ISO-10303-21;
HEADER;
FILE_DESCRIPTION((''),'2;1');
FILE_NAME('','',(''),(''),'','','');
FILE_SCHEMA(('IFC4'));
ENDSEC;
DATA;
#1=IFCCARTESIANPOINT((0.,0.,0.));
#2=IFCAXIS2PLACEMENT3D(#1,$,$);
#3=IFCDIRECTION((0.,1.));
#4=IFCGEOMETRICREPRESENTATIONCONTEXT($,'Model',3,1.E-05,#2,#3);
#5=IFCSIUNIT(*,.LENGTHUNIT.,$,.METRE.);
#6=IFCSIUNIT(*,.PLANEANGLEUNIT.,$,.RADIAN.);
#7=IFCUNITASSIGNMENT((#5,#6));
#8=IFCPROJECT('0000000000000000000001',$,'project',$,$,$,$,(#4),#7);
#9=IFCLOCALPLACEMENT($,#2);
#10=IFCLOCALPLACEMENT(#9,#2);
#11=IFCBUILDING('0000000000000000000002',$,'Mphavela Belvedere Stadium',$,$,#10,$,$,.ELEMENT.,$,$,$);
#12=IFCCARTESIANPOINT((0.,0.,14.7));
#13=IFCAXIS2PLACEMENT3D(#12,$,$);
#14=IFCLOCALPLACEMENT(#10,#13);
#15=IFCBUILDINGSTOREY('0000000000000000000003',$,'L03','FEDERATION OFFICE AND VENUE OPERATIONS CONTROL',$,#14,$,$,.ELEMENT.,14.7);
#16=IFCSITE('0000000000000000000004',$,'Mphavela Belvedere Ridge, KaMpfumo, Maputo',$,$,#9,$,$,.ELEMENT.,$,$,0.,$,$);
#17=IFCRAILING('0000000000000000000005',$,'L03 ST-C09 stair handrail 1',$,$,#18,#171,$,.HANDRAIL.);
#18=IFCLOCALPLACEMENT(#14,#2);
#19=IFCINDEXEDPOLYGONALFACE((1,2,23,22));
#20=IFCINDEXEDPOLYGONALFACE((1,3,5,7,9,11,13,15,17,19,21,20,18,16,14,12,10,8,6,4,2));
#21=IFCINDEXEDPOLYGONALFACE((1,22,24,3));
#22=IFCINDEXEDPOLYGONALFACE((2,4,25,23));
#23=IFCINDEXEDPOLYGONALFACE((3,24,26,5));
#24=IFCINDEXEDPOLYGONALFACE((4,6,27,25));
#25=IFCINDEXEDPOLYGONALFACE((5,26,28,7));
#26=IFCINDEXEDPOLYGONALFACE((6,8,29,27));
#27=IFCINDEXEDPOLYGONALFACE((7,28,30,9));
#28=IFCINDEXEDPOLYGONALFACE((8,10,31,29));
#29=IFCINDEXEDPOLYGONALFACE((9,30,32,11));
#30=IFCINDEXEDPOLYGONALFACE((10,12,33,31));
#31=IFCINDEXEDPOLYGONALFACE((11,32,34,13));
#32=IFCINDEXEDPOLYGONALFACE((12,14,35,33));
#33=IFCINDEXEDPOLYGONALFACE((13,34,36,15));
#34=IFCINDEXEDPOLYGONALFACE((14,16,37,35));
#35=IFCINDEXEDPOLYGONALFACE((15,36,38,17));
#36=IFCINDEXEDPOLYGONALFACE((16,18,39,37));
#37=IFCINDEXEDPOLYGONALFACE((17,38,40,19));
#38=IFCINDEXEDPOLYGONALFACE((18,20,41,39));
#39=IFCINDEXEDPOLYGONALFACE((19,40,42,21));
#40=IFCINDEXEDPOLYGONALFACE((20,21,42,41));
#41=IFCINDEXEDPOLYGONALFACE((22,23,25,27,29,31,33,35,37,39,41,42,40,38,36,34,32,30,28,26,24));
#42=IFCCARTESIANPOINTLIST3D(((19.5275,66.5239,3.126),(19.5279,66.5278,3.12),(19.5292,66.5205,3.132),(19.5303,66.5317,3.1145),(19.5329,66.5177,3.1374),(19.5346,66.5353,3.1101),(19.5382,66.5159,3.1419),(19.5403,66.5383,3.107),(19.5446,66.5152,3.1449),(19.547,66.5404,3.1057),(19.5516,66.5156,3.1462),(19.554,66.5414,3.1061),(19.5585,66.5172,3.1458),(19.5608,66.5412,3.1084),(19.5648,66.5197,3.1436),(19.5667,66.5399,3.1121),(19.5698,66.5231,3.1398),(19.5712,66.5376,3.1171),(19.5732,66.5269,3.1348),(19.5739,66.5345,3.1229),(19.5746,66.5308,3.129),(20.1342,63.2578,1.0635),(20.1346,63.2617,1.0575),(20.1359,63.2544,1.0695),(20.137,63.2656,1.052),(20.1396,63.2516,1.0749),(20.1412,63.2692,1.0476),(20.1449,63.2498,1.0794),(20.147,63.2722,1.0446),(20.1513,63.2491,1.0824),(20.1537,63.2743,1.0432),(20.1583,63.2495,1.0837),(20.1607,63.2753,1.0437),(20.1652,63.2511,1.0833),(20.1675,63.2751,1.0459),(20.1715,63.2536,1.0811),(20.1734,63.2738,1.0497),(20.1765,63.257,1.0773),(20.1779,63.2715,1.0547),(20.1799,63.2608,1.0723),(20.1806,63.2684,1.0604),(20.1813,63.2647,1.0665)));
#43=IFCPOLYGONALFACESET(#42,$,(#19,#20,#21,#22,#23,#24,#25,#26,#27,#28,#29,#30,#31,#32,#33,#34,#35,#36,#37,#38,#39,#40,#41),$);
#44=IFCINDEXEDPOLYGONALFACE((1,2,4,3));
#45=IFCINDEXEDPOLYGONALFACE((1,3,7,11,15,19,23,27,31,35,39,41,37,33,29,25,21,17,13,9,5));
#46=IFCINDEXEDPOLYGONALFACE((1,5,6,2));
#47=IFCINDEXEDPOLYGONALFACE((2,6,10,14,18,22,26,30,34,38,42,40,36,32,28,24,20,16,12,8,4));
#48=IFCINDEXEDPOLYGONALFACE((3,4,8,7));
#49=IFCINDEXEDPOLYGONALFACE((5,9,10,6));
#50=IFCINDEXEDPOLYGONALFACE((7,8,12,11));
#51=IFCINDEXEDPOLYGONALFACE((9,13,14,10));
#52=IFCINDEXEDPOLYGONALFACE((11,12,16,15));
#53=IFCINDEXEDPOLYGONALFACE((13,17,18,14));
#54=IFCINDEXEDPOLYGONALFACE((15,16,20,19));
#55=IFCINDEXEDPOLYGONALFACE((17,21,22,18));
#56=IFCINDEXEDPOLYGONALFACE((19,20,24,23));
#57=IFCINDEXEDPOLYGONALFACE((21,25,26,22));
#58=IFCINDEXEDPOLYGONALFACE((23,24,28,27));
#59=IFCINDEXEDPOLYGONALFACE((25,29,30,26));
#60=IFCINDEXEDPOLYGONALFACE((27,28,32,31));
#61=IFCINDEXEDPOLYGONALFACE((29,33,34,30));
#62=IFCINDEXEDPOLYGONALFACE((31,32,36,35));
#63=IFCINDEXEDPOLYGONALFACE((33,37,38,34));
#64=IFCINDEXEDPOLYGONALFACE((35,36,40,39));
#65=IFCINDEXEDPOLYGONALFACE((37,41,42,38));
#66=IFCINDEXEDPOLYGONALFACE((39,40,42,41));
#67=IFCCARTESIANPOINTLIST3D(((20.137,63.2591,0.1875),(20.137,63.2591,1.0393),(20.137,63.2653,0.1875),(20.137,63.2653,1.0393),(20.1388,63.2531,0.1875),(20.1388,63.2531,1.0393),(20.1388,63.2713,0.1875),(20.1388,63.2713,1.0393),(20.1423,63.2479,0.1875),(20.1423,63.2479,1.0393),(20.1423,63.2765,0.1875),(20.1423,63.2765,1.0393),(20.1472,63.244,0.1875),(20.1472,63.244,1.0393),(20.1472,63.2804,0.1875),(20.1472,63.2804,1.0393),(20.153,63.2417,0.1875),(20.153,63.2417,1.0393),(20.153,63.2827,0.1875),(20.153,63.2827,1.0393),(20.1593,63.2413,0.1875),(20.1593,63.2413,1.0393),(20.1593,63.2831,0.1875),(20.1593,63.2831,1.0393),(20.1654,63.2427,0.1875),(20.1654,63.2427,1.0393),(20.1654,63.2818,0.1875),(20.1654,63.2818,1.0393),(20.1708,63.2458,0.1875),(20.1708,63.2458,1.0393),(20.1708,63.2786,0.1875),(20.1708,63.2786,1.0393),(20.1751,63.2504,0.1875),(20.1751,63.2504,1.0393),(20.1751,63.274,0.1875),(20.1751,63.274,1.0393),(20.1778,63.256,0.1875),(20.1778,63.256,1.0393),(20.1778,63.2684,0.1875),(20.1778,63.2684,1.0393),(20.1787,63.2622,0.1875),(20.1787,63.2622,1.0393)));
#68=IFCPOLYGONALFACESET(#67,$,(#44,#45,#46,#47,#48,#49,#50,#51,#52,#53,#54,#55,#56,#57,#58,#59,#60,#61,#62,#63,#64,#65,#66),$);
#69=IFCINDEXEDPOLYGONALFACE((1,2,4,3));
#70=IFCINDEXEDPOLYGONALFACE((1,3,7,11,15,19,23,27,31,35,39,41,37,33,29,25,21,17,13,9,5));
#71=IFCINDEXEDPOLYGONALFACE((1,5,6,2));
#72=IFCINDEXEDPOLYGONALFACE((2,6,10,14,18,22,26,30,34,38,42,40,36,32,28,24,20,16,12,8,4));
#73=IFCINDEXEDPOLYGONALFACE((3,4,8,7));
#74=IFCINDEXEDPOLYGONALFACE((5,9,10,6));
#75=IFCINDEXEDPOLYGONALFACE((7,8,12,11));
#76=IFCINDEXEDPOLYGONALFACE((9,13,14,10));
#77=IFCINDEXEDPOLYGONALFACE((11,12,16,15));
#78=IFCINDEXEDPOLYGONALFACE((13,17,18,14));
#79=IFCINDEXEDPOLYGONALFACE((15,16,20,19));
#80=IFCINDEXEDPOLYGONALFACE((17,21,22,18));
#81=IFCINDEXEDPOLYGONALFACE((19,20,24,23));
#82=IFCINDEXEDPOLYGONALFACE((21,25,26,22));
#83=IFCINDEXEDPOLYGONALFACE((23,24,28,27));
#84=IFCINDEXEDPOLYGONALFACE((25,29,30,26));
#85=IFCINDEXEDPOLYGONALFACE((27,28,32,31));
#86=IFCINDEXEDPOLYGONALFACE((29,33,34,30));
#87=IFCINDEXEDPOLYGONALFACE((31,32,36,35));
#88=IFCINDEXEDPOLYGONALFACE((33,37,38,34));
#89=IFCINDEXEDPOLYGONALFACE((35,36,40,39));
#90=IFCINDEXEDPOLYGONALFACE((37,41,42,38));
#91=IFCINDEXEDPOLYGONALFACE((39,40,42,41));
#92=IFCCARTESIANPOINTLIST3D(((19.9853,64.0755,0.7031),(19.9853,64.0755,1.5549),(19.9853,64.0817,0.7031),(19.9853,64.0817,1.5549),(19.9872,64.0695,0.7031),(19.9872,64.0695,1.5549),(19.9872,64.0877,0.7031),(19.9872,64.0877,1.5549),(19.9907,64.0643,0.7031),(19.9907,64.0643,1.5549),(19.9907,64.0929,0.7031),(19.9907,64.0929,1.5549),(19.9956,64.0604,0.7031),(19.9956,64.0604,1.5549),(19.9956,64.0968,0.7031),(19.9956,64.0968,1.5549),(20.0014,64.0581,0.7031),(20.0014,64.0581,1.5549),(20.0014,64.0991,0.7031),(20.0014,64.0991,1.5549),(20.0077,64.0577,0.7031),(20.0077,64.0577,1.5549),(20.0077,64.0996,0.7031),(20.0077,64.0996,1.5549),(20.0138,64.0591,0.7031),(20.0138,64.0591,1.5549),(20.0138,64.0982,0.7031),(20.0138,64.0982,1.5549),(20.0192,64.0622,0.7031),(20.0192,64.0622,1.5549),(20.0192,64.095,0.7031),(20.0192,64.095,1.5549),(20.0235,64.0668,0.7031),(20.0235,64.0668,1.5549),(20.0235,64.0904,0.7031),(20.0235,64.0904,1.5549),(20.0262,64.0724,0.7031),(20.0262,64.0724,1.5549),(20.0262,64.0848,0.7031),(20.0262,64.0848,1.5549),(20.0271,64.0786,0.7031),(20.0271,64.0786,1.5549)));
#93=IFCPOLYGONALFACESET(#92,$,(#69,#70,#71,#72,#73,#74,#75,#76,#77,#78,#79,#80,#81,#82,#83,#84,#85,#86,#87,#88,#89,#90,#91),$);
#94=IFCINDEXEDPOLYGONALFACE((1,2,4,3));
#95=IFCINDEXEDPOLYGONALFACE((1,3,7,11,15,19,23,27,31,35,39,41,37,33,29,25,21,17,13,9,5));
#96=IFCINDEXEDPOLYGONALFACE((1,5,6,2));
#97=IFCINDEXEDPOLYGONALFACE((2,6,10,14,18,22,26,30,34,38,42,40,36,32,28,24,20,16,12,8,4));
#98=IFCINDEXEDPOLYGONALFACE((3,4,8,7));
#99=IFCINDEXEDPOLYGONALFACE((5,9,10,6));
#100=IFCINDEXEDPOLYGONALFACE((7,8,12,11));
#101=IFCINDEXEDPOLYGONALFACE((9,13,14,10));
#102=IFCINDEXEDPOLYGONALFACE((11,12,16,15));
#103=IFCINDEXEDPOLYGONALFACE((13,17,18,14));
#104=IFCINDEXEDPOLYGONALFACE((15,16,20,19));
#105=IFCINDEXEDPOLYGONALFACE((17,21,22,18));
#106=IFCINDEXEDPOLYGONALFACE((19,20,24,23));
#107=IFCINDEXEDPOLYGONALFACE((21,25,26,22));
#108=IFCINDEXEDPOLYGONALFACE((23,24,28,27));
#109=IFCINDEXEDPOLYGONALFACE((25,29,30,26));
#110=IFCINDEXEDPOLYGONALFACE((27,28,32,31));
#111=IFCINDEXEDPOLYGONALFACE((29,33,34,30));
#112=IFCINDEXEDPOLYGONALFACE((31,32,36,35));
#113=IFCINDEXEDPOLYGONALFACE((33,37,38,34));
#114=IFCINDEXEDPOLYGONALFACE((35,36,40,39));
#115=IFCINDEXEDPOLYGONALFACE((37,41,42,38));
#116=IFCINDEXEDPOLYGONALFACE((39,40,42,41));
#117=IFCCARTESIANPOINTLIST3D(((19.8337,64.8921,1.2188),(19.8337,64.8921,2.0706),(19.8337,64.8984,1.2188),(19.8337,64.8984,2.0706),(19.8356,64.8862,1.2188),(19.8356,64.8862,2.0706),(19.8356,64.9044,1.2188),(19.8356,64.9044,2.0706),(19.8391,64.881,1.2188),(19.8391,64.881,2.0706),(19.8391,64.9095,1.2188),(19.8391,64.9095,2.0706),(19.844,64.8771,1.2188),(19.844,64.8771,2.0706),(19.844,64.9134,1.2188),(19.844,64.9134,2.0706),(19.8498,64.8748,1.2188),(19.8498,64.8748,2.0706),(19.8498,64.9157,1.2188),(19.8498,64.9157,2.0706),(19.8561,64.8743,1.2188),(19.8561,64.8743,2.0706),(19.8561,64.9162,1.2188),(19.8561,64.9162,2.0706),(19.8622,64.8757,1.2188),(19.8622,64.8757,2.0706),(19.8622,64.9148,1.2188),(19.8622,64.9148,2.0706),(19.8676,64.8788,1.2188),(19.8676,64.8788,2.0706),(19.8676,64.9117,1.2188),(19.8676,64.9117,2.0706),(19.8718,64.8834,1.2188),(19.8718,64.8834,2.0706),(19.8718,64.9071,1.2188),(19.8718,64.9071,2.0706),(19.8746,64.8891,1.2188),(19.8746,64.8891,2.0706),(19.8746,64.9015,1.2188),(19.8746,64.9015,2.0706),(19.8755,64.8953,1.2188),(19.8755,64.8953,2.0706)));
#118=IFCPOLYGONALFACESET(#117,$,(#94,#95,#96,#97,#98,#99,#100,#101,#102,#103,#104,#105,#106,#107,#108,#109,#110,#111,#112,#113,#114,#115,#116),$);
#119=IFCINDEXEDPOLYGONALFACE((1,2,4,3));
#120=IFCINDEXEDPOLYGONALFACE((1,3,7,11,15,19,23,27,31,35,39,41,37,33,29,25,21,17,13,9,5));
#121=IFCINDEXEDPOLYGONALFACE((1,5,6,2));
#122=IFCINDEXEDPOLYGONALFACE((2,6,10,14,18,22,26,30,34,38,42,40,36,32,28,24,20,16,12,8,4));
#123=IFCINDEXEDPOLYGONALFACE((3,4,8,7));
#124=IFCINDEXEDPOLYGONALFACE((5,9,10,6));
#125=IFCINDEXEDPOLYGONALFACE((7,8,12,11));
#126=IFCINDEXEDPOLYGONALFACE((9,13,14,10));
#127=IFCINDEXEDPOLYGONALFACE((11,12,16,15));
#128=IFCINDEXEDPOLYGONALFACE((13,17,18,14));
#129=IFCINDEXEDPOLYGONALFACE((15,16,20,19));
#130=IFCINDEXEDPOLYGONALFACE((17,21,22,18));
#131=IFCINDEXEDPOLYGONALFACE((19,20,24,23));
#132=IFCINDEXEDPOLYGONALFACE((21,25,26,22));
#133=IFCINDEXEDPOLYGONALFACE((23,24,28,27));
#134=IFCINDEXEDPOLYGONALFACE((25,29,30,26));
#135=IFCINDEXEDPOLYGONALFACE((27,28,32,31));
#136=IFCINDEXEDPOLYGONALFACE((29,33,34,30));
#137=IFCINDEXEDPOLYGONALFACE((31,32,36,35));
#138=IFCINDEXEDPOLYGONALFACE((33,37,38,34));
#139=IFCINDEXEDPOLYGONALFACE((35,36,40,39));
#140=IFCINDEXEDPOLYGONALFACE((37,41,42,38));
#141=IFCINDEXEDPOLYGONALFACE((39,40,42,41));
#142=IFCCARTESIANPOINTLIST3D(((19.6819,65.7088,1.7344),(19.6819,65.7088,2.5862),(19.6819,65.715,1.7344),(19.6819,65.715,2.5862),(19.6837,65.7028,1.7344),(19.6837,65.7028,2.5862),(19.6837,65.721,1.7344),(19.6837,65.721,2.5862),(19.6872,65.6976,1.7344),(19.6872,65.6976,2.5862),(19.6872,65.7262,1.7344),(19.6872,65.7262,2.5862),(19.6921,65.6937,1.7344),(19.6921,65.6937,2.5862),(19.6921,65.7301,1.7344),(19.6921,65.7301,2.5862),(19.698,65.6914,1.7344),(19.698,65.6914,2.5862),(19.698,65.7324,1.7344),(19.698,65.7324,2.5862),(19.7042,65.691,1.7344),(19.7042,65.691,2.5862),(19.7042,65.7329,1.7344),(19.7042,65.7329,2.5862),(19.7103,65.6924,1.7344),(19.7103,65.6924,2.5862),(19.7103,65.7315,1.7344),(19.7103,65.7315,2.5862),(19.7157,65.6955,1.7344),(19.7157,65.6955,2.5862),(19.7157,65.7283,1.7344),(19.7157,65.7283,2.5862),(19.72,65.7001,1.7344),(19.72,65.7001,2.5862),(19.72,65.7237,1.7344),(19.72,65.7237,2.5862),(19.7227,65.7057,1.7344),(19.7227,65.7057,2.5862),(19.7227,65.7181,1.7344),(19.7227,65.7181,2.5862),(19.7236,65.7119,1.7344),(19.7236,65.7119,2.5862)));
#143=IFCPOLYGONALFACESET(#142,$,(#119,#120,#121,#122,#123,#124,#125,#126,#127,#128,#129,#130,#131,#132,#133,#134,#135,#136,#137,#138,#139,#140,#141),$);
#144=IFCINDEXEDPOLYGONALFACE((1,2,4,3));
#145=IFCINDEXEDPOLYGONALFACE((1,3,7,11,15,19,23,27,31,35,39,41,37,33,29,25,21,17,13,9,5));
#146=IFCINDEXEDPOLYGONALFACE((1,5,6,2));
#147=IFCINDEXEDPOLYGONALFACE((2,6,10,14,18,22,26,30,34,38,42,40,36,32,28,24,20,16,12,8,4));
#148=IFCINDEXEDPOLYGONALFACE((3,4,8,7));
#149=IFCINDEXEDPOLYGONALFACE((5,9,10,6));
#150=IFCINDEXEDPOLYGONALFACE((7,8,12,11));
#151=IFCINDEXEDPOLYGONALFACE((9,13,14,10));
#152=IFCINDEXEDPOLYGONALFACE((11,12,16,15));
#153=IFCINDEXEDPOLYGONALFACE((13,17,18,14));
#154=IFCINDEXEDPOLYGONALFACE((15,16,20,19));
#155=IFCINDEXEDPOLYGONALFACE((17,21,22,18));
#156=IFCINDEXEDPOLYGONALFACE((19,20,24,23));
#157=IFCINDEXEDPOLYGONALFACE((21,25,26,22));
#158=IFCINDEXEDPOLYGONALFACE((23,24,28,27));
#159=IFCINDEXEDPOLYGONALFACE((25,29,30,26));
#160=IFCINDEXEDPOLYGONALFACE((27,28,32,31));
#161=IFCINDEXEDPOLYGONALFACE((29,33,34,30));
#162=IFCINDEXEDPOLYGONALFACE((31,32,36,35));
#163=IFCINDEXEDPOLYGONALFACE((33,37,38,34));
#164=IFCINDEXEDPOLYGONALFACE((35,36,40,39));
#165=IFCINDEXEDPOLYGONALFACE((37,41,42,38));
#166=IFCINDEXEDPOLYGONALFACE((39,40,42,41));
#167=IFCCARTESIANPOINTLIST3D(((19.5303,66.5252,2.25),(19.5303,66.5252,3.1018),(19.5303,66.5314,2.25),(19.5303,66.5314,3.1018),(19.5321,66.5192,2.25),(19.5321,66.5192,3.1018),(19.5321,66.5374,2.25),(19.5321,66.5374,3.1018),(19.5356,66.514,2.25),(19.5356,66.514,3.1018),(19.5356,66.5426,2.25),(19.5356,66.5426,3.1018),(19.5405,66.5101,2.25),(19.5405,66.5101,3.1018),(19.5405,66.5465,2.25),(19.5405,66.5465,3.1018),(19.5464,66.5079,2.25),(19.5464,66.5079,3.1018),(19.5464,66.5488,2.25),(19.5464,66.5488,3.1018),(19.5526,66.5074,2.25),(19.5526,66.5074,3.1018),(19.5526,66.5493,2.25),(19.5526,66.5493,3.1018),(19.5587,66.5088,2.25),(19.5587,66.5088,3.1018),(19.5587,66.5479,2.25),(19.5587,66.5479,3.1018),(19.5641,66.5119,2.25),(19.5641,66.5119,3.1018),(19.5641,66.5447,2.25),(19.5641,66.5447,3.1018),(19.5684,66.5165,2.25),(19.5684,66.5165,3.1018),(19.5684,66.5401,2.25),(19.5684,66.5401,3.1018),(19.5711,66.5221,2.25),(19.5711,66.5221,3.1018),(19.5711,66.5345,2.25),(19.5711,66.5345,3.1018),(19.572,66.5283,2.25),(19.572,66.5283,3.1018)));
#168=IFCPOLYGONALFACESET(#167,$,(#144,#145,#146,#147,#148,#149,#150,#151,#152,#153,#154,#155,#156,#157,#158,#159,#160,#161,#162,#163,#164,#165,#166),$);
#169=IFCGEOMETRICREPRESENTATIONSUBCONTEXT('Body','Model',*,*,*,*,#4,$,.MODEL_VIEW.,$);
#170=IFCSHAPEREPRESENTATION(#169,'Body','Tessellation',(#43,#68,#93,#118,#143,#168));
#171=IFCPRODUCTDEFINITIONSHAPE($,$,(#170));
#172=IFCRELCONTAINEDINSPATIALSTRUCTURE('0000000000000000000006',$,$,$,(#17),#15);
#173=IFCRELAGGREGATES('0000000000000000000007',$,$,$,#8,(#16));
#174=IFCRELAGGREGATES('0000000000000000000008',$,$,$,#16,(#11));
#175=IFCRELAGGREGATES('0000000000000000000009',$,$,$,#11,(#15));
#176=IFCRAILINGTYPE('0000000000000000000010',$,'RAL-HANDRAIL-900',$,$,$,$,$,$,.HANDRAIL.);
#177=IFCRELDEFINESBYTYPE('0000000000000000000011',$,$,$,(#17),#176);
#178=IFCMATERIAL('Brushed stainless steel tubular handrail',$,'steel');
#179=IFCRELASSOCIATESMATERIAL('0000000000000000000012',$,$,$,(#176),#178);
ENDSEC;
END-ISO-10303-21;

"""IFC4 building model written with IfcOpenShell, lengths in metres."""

from ifc_helpers import new_model, si_unit, direction, frame, origin, origin_2d, place, context, subcontext, project, spatial, circle, extrude, material, type_object, element, save


model = new_model("IFC4")

# Units and contexts
model_context = context("Model", 3, precision=1e-05, world=origin(), true_north=direction((0.0, 1.0)))
body_context = subcontext(model_context, "Body", "Model", "MODEL_VIEW")
ifc_project = project(units=[si_unit("LENGTHUNIT", "METRE"), si_unit("PLANEANGLEUNIT", "RADIAN")], contexts=[model_context])

# Site, building, storey
site_placement = place(None, origin())
site = spatial("IfcSite", under=ifc_project, at=site_placement, Name="Mphavela Belvedere Ridge, KaMpfumo, Maputo", CompositionType="ELEMENT", RefElevation=0.0)
building_placement = place(site_placement, origin())
building = spatial("IfcBuilding", under=site, at=building_placement, Name="Mphavela Belvedere Stadium", CompositionType="ELEMENT")
storey_placement = place(building_placement, frame((0.0, 0.0, 14.7)))
storey = spatial("IfcBuildingStorey", under=building, at=storey_placement, Name="L03", Description="FEDERATION OFFICE AND VENUE OPERATIONS CONTROL", CompositionType="ELEMENT", Elevation=14.7)

# Railing
ifc_material_1 = material(Name="Brushed stainless steel tubular handrail", Category="steel")
railing_type = type_object("IfcRailingType", Name="RAL-HANDRAIL-900", PredefinedType="HANDRAIL", material=ifc_material_1)
railing_placement = place(storey_placement, frame((20.1577, 63.2622, 0.1875)))
element("IfcRailing", 1, at=railing_placement, inside=storey, type_object=railing_type, Name="L03 ST-C09 stair handrail 1", PredefinedType="HANDRAIL", context=body_context, shape_type="SweptSolid", body=[
    extrude(circle(Radius=0.0239, at=origin_2d()), frame((0.0, 0.0, 0.876), z_axis=(-0.155157, 0.835286, 0.52747), x_axis=(-0.983182, -0.182629, 0.0)), (0.0, 0.0, 1.0), 3.9102),
    extrude(circle(Radius=0.021, at=origin_2d()), origin(), (0.0, 0.0, 1.0), 0.8518),
    extrude(circle(Radius=0.021, at=origin_2d()), frame((-0.1516, 0.8164, 0.5156)), (0.0, 0.0, 1.0), 0.8518),
    extrude(circle(Radius=0.021, at=origin_2d()), frame((-0.3032, 1.6331, 1.0312)), (0.0, 0.0, 1.0), 0.8518),
    extrude(circle(Radius=0.021, at=origin_2d()), frame((-0.4551, 2.4497, 1.5469)), (0.0, 0.0, 1.0), 0.8518),
    extrude(circle(Radius=0.021, at=origin_2d()), frame((-0.6067, 3.2661, 2.0625)), (0.0, 0.0, 1.0), 0.8518),
])

save(model, "model.ifc")
